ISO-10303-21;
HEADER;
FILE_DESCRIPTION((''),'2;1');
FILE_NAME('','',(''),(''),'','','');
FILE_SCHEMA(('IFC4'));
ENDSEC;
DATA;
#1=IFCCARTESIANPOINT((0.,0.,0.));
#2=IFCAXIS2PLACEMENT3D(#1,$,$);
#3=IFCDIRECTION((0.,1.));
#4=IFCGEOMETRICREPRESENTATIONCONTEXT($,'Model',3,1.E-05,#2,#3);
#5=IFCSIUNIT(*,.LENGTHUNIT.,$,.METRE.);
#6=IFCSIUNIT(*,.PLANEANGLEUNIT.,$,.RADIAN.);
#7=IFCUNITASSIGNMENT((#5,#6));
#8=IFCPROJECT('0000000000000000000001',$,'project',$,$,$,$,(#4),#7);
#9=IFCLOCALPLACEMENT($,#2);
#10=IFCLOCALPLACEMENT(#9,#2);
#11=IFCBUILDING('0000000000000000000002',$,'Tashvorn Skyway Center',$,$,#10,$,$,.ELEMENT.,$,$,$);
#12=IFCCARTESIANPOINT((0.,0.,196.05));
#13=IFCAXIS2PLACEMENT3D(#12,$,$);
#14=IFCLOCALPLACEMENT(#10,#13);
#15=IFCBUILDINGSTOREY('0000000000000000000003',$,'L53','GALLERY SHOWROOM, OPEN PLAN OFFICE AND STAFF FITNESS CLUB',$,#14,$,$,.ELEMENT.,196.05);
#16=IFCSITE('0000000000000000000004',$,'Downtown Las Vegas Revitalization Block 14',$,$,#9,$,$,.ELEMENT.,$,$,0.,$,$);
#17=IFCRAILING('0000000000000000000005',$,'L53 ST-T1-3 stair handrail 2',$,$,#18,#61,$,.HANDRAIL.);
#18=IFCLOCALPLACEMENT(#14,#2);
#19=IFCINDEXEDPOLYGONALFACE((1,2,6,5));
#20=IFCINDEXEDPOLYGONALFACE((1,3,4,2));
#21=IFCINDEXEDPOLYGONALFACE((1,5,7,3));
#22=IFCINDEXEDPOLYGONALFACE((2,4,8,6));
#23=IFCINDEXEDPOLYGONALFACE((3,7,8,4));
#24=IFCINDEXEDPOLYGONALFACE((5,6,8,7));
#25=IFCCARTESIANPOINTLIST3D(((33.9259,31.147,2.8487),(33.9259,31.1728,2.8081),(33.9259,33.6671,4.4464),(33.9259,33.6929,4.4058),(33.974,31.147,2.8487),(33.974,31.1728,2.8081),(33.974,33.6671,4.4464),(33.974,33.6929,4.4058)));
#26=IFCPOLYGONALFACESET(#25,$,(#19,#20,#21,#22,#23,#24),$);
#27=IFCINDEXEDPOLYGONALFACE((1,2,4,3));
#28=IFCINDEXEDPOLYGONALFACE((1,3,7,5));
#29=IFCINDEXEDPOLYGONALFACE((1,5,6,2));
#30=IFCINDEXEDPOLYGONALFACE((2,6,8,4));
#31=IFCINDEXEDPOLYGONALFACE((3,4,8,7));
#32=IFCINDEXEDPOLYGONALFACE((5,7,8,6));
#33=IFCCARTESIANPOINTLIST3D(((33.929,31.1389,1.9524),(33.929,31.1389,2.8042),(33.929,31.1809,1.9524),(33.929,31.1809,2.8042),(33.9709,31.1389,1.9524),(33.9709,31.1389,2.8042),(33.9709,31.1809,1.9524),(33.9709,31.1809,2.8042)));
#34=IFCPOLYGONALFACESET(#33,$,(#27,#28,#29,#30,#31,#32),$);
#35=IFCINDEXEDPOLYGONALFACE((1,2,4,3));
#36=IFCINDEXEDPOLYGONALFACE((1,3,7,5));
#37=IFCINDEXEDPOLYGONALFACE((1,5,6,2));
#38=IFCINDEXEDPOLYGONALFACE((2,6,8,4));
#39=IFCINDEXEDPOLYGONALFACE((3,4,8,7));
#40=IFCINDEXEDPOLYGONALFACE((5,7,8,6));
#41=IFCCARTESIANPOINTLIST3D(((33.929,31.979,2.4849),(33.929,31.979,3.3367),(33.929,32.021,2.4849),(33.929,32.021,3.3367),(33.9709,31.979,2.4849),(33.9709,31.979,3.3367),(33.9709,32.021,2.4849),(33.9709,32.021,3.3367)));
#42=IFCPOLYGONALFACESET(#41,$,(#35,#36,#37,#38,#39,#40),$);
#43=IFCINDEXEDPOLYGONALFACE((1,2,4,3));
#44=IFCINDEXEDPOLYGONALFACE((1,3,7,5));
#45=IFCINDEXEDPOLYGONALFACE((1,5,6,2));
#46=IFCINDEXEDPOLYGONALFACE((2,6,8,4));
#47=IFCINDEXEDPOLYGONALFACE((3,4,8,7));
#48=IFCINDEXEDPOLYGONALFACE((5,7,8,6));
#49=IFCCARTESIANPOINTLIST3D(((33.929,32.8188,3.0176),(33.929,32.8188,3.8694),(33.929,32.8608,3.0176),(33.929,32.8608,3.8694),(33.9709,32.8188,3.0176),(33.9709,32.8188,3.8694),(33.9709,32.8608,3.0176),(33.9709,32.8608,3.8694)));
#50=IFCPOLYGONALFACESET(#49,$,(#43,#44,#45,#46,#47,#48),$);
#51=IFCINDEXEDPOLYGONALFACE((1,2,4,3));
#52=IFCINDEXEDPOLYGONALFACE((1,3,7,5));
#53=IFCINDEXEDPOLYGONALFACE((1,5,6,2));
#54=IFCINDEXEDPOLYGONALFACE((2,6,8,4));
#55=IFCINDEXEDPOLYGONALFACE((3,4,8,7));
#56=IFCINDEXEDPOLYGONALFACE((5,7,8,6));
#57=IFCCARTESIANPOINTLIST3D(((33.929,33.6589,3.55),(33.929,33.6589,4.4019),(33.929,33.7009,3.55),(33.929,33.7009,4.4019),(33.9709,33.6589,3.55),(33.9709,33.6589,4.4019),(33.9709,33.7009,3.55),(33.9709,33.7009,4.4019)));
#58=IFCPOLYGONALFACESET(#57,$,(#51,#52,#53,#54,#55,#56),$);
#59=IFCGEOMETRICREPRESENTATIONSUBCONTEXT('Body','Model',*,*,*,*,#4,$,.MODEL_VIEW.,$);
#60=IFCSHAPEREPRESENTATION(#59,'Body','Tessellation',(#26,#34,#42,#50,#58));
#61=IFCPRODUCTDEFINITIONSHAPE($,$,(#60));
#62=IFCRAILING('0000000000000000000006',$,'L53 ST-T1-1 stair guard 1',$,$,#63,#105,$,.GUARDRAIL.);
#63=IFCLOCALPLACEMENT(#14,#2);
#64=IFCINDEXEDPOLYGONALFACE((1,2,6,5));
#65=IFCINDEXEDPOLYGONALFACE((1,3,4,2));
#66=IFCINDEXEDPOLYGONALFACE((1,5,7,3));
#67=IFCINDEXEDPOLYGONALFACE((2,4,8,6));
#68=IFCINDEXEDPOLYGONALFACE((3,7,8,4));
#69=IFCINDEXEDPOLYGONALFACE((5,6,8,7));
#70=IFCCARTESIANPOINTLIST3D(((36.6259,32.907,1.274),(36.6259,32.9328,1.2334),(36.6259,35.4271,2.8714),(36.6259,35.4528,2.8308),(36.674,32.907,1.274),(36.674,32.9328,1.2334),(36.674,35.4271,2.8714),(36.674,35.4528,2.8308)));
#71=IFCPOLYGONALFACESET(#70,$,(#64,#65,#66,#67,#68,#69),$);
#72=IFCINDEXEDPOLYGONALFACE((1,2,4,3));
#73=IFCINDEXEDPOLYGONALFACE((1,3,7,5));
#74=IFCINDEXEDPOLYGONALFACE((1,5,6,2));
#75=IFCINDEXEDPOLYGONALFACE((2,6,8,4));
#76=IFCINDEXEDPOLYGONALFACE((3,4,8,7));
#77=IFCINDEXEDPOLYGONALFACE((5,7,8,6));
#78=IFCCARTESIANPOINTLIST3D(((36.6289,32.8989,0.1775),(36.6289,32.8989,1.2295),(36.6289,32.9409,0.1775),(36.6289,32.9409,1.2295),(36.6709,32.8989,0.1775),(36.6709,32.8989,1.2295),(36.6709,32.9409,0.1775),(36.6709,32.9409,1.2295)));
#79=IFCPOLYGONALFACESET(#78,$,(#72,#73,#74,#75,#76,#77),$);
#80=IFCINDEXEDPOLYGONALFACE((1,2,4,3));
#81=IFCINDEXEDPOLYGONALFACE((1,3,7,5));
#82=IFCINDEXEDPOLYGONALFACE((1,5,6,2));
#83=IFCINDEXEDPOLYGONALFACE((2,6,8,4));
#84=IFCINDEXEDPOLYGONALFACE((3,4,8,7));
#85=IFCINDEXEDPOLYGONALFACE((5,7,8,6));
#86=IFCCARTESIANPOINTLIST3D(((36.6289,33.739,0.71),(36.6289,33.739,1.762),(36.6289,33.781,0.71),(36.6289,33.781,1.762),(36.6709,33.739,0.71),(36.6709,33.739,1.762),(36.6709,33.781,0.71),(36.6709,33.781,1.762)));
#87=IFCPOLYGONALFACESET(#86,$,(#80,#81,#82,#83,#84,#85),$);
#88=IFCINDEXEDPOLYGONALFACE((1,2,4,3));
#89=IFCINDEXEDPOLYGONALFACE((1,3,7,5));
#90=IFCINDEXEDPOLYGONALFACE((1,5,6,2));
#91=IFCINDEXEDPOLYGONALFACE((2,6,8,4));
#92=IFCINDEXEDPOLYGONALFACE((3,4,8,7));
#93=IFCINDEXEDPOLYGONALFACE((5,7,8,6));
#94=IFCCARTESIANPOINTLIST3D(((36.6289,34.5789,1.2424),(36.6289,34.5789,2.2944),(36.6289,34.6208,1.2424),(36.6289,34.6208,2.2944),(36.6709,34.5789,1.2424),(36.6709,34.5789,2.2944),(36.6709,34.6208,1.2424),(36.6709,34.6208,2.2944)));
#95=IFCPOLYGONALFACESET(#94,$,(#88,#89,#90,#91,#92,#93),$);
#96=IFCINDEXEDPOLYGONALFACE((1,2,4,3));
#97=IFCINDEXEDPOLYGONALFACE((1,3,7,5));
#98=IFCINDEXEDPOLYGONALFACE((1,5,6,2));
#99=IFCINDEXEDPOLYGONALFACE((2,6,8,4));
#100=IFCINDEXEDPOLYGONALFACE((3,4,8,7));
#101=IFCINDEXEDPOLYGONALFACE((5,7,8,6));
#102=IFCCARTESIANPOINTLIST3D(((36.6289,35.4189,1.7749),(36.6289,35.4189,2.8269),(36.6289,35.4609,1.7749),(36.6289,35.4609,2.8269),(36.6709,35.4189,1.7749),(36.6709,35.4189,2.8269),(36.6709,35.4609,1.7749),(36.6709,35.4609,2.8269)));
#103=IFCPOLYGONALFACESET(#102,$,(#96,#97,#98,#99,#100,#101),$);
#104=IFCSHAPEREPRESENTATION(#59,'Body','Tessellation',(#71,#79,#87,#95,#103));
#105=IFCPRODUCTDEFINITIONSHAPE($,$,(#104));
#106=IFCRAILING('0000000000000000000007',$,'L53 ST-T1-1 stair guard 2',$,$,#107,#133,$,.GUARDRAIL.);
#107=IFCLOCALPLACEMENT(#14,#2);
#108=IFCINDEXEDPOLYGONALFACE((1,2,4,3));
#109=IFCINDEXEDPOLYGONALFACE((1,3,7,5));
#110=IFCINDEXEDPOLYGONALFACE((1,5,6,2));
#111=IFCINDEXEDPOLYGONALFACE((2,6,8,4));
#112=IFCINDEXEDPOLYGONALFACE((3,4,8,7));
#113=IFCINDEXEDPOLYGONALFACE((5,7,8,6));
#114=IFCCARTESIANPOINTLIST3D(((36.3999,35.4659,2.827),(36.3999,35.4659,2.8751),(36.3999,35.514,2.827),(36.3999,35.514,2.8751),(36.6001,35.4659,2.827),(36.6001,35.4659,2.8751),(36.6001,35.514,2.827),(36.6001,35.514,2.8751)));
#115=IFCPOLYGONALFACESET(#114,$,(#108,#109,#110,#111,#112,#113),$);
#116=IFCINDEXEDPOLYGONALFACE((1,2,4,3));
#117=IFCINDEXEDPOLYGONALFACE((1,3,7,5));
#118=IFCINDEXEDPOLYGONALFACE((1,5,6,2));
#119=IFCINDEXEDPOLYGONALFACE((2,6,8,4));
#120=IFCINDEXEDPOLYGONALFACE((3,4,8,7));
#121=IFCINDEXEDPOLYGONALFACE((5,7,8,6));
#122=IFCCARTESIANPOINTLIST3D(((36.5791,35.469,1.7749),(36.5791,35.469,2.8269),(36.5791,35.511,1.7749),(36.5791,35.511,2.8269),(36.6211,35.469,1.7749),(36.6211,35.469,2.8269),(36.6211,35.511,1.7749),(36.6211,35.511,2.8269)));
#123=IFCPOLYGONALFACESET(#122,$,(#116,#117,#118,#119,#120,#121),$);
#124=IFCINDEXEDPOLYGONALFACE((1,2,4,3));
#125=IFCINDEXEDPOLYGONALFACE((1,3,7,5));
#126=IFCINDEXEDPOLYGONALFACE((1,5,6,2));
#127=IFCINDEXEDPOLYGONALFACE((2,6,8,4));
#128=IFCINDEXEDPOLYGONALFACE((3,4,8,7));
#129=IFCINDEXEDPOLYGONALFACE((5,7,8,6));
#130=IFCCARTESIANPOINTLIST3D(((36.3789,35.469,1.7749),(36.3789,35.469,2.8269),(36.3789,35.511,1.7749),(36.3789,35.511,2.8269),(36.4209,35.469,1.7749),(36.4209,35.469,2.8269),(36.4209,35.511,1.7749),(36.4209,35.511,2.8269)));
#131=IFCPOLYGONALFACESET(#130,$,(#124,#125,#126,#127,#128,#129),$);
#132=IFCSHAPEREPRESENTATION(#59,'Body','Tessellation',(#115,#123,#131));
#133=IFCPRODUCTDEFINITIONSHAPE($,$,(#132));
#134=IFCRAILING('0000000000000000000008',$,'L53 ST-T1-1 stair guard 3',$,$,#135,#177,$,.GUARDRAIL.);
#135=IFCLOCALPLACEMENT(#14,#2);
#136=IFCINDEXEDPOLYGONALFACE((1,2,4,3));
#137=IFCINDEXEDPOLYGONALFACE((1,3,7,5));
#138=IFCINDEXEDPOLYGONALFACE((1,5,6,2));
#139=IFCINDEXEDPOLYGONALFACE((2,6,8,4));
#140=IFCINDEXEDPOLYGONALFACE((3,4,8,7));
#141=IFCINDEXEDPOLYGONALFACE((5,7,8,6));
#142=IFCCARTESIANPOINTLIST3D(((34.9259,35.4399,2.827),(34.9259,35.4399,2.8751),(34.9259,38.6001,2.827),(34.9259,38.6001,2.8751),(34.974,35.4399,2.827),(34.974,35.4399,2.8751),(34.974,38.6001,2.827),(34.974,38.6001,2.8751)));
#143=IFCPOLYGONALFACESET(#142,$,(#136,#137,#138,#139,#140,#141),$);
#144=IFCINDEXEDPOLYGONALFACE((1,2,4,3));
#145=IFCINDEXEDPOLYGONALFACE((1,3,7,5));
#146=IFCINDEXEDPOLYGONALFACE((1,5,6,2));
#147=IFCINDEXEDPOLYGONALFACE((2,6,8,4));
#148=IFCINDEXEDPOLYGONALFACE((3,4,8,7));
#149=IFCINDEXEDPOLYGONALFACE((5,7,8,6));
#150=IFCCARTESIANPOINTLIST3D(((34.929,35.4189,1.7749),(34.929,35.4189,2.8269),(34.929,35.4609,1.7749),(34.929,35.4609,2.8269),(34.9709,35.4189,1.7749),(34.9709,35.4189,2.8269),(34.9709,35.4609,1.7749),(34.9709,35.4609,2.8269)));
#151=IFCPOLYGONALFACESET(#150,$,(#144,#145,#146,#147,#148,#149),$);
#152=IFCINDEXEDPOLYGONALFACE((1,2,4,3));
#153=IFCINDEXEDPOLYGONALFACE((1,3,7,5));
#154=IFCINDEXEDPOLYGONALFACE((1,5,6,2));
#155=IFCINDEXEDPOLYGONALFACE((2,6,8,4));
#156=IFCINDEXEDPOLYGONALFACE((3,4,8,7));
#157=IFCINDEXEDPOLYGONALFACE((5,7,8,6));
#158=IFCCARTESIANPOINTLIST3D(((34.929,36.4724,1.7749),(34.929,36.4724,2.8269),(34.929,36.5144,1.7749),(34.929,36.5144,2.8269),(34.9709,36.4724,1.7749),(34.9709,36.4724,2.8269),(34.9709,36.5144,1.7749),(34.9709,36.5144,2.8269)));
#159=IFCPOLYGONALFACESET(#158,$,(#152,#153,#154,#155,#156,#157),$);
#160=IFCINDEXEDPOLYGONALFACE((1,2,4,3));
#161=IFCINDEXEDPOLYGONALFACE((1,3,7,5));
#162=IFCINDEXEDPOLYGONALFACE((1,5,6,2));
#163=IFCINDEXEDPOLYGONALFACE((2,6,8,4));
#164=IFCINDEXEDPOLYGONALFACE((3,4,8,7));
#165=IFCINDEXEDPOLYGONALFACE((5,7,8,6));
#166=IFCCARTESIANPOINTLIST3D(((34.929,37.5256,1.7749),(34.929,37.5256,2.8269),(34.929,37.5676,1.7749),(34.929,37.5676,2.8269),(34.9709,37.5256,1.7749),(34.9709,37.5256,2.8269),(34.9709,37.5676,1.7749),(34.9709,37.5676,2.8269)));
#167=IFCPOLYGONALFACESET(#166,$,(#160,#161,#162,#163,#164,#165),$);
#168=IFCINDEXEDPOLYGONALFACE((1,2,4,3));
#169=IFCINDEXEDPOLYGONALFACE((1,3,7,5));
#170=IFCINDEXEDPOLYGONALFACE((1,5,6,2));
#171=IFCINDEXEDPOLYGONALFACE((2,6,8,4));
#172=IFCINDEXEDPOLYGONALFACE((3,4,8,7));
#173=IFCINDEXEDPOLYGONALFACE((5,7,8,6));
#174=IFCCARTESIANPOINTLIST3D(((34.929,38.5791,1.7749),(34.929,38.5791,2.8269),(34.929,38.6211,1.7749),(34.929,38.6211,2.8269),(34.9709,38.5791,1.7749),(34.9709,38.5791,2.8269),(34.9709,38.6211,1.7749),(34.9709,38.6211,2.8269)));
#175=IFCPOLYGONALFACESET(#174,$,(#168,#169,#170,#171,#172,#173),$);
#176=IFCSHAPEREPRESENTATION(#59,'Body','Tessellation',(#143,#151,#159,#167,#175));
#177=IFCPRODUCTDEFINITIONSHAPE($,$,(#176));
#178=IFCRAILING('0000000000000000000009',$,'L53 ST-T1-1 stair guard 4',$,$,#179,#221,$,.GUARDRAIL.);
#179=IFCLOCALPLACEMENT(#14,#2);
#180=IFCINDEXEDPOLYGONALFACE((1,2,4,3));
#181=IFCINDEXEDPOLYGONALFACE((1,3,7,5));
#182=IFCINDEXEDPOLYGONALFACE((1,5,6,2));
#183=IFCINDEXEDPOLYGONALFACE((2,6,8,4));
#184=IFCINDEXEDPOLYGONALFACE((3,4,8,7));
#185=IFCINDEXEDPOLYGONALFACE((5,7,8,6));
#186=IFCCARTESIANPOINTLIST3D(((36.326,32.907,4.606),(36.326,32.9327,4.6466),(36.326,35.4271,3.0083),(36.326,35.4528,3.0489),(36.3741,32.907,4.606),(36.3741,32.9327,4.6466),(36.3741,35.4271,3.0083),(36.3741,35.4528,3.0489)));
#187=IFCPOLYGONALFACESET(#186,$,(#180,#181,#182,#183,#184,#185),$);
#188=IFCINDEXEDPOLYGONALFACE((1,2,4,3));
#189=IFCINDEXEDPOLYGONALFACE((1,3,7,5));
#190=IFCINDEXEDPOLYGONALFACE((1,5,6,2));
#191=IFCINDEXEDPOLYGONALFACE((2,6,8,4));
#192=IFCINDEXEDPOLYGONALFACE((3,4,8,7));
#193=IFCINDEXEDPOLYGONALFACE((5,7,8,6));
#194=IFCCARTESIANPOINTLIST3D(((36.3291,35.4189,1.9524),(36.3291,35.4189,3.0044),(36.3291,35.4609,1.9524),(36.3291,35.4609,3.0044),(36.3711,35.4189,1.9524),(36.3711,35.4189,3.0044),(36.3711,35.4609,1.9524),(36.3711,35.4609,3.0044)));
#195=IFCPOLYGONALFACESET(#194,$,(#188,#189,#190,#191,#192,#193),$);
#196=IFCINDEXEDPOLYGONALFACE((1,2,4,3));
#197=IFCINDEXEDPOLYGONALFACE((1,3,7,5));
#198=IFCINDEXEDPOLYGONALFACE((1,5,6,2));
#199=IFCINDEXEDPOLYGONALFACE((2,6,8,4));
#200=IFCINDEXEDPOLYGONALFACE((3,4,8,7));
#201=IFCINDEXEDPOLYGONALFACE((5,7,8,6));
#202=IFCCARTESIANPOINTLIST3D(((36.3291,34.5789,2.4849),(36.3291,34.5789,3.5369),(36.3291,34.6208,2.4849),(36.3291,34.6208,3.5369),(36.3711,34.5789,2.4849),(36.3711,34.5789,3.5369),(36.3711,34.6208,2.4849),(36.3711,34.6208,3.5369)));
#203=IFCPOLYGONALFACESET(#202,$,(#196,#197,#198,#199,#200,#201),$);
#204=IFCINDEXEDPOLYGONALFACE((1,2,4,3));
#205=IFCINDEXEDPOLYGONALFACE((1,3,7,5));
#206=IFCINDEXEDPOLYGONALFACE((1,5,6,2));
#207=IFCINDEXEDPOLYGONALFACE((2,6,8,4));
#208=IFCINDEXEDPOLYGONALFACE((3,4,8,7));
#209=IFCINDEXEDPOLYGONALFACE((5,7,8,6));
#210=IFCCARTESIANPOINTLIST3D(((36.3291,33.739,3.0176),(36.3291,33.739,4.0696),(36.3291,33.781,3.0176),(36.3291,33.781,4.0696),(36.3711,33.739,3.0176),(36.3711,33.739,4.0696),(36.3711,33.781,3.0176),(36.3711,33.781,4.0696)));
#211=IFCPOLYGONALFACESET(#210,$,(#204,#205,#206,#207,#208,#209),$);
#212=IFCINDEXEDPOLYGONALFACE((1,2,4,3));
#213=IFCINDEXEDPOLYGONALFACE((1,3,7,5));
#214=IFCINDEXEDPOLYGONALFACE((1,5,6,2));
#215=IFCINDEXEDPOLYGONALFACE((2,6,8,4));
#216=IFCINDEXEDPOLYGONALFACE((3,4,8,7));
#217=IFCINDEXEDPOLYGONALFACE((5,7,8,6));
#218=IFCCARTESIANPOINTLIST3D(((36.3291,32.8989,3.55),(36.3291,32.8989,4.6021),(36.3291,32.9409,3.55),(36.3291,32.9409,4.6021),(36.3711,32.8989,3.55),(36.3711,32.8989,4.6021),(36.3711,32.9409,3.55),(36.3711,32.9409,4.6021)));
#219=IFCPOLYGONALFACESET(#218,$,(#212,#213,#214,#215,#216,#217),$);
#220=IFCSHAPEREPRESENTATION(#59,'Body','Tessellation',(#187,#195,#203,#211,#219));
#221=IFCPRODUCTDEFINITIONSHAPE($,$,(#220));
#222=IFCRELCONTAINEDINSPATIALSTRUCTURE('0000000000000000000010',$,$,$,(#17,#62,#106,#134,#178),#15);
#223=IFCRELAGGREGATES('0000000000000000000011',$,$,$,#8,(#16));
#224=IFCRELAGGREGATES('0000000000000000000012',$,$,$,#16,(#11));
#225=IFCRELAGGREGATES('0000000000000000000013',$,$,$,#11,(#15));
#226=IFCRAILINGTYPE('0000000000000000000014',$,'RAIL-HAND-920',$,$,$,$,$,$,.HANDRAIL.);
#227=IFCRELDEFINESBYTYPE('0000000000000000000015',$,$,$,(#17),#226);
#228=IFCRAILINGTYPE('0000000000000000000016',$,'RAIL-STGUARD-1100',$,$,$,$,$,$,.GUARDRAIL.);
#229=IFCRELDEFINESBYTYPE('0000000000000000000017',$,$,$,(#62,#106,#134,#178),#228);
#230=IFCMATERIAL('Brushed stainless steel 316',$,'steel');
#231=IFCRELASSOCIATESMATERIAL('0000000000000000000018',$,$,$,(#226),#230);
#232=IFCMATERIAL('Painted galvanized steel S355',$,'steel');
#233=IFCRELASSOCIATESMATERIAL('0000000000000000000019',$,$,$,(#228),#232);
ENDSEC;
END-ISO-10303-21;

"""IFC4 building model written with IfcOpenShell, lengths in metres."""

from ifc_helpers import new_model, si_unit, direction, frame, origin, origin_2d, place, context, subcontext, project, spatial, rectangle, extrude, material, type_object, element, save


model = new_model("IFC4")

# Units and contexts
model_context = context("Model", 3, precision=1e-05, world=origin(), true_north=direction((0.0, 1.0)))
body_context = subcontext(model_context, "Body", "Model", "MODEL_VIEW")
ifc_project = project(units=[si_unit("LENGTHUNIT", "METRE"), si_unit("PLANEANGLEUNIT", "RADIAN")], contexts=[model_context])

# Site, building, storey
site_placement = place(None, origin())
site = spatial("IfcSite", under=ifc_project, at=site_placement, Name="Downtown Las Vegas Revitalization Block 14", CompositionType="ELEMENT", RefElevation=0.0)
building_placement = place(site_placement, origin())
building = spatial("IfcBuilding", under=site, at=building_placement, Name="Tashvorn Skyway Center", CompositionType="ELEMENT")
storey_placement = place(building_placement, frame((0.0, 0.0, 196.05)))
storey = spatial("IfcBuildingStorey", under=building, at=storey_placement, Name="L53", Description="GALLERY SHOWROOM, OPEN PLAN OFFICE AND STAFF FITNESS CLUB", CompositionType="ELEMENT", Elevation=196.05)

# Railings
ifc_material_1 = material(Name="Brushed stainless steel 316", Category="steel")
railing_type_1 = type_object("IfcRailingType", Name="RAIL-HAND-920", PredefinedType="HANDRAIL", material=ifc_material_1)
railing_1_placement = place(storey_placement, frame((33.95, 31.1599, 1.9524)))
element("IfcRailing", 1, at=railing_1_placement, inside=storey, type_object=railing_type_1, Name="L53 ST-T1-3 stair handrail 2", PredefinedType="HANDRAIL", context=body_context, shape_type="SweptSolid", body=[
    extrude(rectangle(XDim=0.0481, YDim=0.0481, at=origin_2d()), frame((0.0, 0.0, 0.876), z_axis=(0.0, 0.84457, 0.535445), x_axis=(-1.0, 0.0, 0.0)), (0.0, 0.0, 1.0), 2.9839),
    extrude(rectangle(XDim=0.042, YDim=0.042, at=origin_2d()), origin(), (0.0, 0.0, 1.0), 0.8518),
    extrude(rectangle(XDim=0.042, YDim=0.042, at=origin_2d()), frame((0.0, 0.8401, 0.5325)), (0.0, 0.0, 1.0), 0.8518),
    extrude(rectangle(XDim=0.042, YDim=0.042, at=origin_2d()), frame((0.0, 1.6799, 1.0652)), (0.0, 0.0, 1.0), 0.8518),
    extrude(rectangle(XDim=0.042, YDim=0.042, at=origin_2d()), frame((0.0, 2.52, 1.5977)), (0.0, 0.0, 1.0), 0.8518),
])
ifc_material_2 = material(Name="Painted galvanized steel S355", Category="steel")
railing_type_2 = type_object("IfcRailingType", Name="RAIL-STGUARD-1100", PredefinedType="GUARDRAIL", material=ifc_material_2)
railing_2_placement = place(storey_placement, frame((36.6499, 32.9199, 0.1775)))
element("IfcRailing", 2, at=railing_2_placement, inside=storey, type_object=railing_type_2, Name="L53 ST-T1-1 stair guard 1", PredefinedType="GUARDRAIL", context=body_context, shape_type="SweptSolid", body=[
    extrude(rectangle(XDim=0.0481, YDim=0.0481, at=origin_2d()), frame((0.0, 0.0, 1.0762), z_axis=(0.0, 0.844607, 0.535387), x_axis=(-1.0, 0.0, 0.0)), (0.0, 0.0, 1.0), 2.9836),
    extrude(rectangle(XDim=0.042, YDim=0.042, at=origin_2d()), origin(), (0.0, 0.0, 1.0), 1.052),
    extrude(rectangle(XDim=0.042, YDim=0.042, at=origin_2d()), frame((0.0, 0.8401, 0.5325)), (0.0, 0.0, 1.0), 1.052),
    extrude(rectangle(XDim=0.042, YDim=0.042, at=origin_2d()), frame((0.0, 1.6799, 1.0649)), (0.0, 0.0, 1.0), 1.052),
    extrude(rectangle(XDim=0.042, YDim=0.042, at=origin_2d()), frame((0.0, 2.52, 1.5974)), (0.0, 0.0, 1.0), 1.052),
])
railing_3_placement = place(storey_placement, frame((36.6001, 35.49, 1.7749)))
element("IfcRailing", 3, at=railing_3_placement, inside=storey, type_object=railing_type_2, Name="L53 ST-T1-1 stair guard 2", PredefinedType="GUARDRAIL", context=body_context, shape_type="SweptSolid", body=[
    extrude(rectangle(XDim=0.0481, YDim=0.0481, at=origin_2d()), frame((0.0, 0.0, 1.0762), z_axis=(-1.0, 0.0, 0.0), x_axis=(0.0, -1.0, 0.0)), (0.0, 0.0, 1.0), 0.2002),
    extrude(rectangle(XDim=0.042, YDim=0.042, at=origin_2d()), origin(), (0.0, 0.0, 1.0), 1.052),
    extrude(rectangle(XDim=0.042, YDim=0.042, at=origin_2d()), frame((-0.2002, 0.0, 0.0)), (0.0, 0.0, 1.0), 1.052),
])
railing_4_placement = place(storey_placement, frame((34.95, 35.4399, 1.7749)))
element("IfcRailing", 4, at=railing_4_placement, inside=storey, type_object=railing_type_2, Name="L53 ST-T1-1 stair guard 3", PredefinedType="GUARDRAIL", context=body_context, shape_type="SweptSolid", body=[
    extrude(rectangle(XDim=0.0481, YDim=0.0481, at=origin_2d()), frame((0.0, 0.0, 1.0762), z_axis=(0.0, 1.0, 0.0), x_axis=(-1.0, 0.0, 0.0)), (0.0, 0.0, 1.0), 3.1602),
    extrude(rectangle(XDim=0.042, YDim=0.042, at=origin_2d()), origin(), (0.0, 0.0, 1.0), 1.052),
    extrude(rectangle(XDim=0.042, YDim=0.042, at=origin_2d()), frame((0.0, 1.0535, 0.0)), (0.0, 0.0, 1.0), 1.052),
    extrude(rectangle(XDim=0.042, YDim=0.042, at=origin_2d()), frame((0.0, 2.1067, 0.0)), (0.0, 0.0, 1.0), 1.052),
    extrude(rectangle(XDim=0.042, YDim=0.042, at=origin_2d()), frame((0.0, 3.1602, 0.0)), (0.0, 0.0, 1.0), 1.052),
])
railing_5_placement = place(storey_placement, frame((36.3501, 35.4399, 1.9524)))
element("IfcRailing", 5, at=railing_5_placement, inside=storey, type_object=railing_type_2, Name="L53 ST-T1-1 stair guard 4", PredefinedType="GUARDRAIL", context=body_context, shape_type="SweptSolid", body=[
    extrude(rectangle(XDim=0.0481, YDim=0.0481, at=origin_2d()), frame((0.0, 0.0, 1.0762), z_axis=(0.0, -0.84457, 0.535445), x_axis=(1.0, 0.0, 0.0)), (0.0, 0.0, 1.0), 2.9839),
    extrude(rectangle(XDim=0.042, YDim=0.042, at=origin_2d()), origin(), (0.0, 0.0, 1.0), 1.052),
    extrude(rectangle(XDim=0.042, YDim=0.042, at=origin_2d()), frame((0.0, -0.8401, 0.5325)), (0.0, 0.0, 1.0), 1.052),
    extrude(rectangle(XDim=0.042, YDim=0.042, at=origin_2d()), frame((0.0, -1.6799, 1.0652)), (0.0, 0.0, 1.0), 1.052),
    extrude(rectangle(XDim=0.042, YDim=0.042, at=origin_2d()), frame((0.0, -2.52, 1.5977)), (0.0, 0.0, 1.0), 1.052),
])

save(model, "model.ifc")
